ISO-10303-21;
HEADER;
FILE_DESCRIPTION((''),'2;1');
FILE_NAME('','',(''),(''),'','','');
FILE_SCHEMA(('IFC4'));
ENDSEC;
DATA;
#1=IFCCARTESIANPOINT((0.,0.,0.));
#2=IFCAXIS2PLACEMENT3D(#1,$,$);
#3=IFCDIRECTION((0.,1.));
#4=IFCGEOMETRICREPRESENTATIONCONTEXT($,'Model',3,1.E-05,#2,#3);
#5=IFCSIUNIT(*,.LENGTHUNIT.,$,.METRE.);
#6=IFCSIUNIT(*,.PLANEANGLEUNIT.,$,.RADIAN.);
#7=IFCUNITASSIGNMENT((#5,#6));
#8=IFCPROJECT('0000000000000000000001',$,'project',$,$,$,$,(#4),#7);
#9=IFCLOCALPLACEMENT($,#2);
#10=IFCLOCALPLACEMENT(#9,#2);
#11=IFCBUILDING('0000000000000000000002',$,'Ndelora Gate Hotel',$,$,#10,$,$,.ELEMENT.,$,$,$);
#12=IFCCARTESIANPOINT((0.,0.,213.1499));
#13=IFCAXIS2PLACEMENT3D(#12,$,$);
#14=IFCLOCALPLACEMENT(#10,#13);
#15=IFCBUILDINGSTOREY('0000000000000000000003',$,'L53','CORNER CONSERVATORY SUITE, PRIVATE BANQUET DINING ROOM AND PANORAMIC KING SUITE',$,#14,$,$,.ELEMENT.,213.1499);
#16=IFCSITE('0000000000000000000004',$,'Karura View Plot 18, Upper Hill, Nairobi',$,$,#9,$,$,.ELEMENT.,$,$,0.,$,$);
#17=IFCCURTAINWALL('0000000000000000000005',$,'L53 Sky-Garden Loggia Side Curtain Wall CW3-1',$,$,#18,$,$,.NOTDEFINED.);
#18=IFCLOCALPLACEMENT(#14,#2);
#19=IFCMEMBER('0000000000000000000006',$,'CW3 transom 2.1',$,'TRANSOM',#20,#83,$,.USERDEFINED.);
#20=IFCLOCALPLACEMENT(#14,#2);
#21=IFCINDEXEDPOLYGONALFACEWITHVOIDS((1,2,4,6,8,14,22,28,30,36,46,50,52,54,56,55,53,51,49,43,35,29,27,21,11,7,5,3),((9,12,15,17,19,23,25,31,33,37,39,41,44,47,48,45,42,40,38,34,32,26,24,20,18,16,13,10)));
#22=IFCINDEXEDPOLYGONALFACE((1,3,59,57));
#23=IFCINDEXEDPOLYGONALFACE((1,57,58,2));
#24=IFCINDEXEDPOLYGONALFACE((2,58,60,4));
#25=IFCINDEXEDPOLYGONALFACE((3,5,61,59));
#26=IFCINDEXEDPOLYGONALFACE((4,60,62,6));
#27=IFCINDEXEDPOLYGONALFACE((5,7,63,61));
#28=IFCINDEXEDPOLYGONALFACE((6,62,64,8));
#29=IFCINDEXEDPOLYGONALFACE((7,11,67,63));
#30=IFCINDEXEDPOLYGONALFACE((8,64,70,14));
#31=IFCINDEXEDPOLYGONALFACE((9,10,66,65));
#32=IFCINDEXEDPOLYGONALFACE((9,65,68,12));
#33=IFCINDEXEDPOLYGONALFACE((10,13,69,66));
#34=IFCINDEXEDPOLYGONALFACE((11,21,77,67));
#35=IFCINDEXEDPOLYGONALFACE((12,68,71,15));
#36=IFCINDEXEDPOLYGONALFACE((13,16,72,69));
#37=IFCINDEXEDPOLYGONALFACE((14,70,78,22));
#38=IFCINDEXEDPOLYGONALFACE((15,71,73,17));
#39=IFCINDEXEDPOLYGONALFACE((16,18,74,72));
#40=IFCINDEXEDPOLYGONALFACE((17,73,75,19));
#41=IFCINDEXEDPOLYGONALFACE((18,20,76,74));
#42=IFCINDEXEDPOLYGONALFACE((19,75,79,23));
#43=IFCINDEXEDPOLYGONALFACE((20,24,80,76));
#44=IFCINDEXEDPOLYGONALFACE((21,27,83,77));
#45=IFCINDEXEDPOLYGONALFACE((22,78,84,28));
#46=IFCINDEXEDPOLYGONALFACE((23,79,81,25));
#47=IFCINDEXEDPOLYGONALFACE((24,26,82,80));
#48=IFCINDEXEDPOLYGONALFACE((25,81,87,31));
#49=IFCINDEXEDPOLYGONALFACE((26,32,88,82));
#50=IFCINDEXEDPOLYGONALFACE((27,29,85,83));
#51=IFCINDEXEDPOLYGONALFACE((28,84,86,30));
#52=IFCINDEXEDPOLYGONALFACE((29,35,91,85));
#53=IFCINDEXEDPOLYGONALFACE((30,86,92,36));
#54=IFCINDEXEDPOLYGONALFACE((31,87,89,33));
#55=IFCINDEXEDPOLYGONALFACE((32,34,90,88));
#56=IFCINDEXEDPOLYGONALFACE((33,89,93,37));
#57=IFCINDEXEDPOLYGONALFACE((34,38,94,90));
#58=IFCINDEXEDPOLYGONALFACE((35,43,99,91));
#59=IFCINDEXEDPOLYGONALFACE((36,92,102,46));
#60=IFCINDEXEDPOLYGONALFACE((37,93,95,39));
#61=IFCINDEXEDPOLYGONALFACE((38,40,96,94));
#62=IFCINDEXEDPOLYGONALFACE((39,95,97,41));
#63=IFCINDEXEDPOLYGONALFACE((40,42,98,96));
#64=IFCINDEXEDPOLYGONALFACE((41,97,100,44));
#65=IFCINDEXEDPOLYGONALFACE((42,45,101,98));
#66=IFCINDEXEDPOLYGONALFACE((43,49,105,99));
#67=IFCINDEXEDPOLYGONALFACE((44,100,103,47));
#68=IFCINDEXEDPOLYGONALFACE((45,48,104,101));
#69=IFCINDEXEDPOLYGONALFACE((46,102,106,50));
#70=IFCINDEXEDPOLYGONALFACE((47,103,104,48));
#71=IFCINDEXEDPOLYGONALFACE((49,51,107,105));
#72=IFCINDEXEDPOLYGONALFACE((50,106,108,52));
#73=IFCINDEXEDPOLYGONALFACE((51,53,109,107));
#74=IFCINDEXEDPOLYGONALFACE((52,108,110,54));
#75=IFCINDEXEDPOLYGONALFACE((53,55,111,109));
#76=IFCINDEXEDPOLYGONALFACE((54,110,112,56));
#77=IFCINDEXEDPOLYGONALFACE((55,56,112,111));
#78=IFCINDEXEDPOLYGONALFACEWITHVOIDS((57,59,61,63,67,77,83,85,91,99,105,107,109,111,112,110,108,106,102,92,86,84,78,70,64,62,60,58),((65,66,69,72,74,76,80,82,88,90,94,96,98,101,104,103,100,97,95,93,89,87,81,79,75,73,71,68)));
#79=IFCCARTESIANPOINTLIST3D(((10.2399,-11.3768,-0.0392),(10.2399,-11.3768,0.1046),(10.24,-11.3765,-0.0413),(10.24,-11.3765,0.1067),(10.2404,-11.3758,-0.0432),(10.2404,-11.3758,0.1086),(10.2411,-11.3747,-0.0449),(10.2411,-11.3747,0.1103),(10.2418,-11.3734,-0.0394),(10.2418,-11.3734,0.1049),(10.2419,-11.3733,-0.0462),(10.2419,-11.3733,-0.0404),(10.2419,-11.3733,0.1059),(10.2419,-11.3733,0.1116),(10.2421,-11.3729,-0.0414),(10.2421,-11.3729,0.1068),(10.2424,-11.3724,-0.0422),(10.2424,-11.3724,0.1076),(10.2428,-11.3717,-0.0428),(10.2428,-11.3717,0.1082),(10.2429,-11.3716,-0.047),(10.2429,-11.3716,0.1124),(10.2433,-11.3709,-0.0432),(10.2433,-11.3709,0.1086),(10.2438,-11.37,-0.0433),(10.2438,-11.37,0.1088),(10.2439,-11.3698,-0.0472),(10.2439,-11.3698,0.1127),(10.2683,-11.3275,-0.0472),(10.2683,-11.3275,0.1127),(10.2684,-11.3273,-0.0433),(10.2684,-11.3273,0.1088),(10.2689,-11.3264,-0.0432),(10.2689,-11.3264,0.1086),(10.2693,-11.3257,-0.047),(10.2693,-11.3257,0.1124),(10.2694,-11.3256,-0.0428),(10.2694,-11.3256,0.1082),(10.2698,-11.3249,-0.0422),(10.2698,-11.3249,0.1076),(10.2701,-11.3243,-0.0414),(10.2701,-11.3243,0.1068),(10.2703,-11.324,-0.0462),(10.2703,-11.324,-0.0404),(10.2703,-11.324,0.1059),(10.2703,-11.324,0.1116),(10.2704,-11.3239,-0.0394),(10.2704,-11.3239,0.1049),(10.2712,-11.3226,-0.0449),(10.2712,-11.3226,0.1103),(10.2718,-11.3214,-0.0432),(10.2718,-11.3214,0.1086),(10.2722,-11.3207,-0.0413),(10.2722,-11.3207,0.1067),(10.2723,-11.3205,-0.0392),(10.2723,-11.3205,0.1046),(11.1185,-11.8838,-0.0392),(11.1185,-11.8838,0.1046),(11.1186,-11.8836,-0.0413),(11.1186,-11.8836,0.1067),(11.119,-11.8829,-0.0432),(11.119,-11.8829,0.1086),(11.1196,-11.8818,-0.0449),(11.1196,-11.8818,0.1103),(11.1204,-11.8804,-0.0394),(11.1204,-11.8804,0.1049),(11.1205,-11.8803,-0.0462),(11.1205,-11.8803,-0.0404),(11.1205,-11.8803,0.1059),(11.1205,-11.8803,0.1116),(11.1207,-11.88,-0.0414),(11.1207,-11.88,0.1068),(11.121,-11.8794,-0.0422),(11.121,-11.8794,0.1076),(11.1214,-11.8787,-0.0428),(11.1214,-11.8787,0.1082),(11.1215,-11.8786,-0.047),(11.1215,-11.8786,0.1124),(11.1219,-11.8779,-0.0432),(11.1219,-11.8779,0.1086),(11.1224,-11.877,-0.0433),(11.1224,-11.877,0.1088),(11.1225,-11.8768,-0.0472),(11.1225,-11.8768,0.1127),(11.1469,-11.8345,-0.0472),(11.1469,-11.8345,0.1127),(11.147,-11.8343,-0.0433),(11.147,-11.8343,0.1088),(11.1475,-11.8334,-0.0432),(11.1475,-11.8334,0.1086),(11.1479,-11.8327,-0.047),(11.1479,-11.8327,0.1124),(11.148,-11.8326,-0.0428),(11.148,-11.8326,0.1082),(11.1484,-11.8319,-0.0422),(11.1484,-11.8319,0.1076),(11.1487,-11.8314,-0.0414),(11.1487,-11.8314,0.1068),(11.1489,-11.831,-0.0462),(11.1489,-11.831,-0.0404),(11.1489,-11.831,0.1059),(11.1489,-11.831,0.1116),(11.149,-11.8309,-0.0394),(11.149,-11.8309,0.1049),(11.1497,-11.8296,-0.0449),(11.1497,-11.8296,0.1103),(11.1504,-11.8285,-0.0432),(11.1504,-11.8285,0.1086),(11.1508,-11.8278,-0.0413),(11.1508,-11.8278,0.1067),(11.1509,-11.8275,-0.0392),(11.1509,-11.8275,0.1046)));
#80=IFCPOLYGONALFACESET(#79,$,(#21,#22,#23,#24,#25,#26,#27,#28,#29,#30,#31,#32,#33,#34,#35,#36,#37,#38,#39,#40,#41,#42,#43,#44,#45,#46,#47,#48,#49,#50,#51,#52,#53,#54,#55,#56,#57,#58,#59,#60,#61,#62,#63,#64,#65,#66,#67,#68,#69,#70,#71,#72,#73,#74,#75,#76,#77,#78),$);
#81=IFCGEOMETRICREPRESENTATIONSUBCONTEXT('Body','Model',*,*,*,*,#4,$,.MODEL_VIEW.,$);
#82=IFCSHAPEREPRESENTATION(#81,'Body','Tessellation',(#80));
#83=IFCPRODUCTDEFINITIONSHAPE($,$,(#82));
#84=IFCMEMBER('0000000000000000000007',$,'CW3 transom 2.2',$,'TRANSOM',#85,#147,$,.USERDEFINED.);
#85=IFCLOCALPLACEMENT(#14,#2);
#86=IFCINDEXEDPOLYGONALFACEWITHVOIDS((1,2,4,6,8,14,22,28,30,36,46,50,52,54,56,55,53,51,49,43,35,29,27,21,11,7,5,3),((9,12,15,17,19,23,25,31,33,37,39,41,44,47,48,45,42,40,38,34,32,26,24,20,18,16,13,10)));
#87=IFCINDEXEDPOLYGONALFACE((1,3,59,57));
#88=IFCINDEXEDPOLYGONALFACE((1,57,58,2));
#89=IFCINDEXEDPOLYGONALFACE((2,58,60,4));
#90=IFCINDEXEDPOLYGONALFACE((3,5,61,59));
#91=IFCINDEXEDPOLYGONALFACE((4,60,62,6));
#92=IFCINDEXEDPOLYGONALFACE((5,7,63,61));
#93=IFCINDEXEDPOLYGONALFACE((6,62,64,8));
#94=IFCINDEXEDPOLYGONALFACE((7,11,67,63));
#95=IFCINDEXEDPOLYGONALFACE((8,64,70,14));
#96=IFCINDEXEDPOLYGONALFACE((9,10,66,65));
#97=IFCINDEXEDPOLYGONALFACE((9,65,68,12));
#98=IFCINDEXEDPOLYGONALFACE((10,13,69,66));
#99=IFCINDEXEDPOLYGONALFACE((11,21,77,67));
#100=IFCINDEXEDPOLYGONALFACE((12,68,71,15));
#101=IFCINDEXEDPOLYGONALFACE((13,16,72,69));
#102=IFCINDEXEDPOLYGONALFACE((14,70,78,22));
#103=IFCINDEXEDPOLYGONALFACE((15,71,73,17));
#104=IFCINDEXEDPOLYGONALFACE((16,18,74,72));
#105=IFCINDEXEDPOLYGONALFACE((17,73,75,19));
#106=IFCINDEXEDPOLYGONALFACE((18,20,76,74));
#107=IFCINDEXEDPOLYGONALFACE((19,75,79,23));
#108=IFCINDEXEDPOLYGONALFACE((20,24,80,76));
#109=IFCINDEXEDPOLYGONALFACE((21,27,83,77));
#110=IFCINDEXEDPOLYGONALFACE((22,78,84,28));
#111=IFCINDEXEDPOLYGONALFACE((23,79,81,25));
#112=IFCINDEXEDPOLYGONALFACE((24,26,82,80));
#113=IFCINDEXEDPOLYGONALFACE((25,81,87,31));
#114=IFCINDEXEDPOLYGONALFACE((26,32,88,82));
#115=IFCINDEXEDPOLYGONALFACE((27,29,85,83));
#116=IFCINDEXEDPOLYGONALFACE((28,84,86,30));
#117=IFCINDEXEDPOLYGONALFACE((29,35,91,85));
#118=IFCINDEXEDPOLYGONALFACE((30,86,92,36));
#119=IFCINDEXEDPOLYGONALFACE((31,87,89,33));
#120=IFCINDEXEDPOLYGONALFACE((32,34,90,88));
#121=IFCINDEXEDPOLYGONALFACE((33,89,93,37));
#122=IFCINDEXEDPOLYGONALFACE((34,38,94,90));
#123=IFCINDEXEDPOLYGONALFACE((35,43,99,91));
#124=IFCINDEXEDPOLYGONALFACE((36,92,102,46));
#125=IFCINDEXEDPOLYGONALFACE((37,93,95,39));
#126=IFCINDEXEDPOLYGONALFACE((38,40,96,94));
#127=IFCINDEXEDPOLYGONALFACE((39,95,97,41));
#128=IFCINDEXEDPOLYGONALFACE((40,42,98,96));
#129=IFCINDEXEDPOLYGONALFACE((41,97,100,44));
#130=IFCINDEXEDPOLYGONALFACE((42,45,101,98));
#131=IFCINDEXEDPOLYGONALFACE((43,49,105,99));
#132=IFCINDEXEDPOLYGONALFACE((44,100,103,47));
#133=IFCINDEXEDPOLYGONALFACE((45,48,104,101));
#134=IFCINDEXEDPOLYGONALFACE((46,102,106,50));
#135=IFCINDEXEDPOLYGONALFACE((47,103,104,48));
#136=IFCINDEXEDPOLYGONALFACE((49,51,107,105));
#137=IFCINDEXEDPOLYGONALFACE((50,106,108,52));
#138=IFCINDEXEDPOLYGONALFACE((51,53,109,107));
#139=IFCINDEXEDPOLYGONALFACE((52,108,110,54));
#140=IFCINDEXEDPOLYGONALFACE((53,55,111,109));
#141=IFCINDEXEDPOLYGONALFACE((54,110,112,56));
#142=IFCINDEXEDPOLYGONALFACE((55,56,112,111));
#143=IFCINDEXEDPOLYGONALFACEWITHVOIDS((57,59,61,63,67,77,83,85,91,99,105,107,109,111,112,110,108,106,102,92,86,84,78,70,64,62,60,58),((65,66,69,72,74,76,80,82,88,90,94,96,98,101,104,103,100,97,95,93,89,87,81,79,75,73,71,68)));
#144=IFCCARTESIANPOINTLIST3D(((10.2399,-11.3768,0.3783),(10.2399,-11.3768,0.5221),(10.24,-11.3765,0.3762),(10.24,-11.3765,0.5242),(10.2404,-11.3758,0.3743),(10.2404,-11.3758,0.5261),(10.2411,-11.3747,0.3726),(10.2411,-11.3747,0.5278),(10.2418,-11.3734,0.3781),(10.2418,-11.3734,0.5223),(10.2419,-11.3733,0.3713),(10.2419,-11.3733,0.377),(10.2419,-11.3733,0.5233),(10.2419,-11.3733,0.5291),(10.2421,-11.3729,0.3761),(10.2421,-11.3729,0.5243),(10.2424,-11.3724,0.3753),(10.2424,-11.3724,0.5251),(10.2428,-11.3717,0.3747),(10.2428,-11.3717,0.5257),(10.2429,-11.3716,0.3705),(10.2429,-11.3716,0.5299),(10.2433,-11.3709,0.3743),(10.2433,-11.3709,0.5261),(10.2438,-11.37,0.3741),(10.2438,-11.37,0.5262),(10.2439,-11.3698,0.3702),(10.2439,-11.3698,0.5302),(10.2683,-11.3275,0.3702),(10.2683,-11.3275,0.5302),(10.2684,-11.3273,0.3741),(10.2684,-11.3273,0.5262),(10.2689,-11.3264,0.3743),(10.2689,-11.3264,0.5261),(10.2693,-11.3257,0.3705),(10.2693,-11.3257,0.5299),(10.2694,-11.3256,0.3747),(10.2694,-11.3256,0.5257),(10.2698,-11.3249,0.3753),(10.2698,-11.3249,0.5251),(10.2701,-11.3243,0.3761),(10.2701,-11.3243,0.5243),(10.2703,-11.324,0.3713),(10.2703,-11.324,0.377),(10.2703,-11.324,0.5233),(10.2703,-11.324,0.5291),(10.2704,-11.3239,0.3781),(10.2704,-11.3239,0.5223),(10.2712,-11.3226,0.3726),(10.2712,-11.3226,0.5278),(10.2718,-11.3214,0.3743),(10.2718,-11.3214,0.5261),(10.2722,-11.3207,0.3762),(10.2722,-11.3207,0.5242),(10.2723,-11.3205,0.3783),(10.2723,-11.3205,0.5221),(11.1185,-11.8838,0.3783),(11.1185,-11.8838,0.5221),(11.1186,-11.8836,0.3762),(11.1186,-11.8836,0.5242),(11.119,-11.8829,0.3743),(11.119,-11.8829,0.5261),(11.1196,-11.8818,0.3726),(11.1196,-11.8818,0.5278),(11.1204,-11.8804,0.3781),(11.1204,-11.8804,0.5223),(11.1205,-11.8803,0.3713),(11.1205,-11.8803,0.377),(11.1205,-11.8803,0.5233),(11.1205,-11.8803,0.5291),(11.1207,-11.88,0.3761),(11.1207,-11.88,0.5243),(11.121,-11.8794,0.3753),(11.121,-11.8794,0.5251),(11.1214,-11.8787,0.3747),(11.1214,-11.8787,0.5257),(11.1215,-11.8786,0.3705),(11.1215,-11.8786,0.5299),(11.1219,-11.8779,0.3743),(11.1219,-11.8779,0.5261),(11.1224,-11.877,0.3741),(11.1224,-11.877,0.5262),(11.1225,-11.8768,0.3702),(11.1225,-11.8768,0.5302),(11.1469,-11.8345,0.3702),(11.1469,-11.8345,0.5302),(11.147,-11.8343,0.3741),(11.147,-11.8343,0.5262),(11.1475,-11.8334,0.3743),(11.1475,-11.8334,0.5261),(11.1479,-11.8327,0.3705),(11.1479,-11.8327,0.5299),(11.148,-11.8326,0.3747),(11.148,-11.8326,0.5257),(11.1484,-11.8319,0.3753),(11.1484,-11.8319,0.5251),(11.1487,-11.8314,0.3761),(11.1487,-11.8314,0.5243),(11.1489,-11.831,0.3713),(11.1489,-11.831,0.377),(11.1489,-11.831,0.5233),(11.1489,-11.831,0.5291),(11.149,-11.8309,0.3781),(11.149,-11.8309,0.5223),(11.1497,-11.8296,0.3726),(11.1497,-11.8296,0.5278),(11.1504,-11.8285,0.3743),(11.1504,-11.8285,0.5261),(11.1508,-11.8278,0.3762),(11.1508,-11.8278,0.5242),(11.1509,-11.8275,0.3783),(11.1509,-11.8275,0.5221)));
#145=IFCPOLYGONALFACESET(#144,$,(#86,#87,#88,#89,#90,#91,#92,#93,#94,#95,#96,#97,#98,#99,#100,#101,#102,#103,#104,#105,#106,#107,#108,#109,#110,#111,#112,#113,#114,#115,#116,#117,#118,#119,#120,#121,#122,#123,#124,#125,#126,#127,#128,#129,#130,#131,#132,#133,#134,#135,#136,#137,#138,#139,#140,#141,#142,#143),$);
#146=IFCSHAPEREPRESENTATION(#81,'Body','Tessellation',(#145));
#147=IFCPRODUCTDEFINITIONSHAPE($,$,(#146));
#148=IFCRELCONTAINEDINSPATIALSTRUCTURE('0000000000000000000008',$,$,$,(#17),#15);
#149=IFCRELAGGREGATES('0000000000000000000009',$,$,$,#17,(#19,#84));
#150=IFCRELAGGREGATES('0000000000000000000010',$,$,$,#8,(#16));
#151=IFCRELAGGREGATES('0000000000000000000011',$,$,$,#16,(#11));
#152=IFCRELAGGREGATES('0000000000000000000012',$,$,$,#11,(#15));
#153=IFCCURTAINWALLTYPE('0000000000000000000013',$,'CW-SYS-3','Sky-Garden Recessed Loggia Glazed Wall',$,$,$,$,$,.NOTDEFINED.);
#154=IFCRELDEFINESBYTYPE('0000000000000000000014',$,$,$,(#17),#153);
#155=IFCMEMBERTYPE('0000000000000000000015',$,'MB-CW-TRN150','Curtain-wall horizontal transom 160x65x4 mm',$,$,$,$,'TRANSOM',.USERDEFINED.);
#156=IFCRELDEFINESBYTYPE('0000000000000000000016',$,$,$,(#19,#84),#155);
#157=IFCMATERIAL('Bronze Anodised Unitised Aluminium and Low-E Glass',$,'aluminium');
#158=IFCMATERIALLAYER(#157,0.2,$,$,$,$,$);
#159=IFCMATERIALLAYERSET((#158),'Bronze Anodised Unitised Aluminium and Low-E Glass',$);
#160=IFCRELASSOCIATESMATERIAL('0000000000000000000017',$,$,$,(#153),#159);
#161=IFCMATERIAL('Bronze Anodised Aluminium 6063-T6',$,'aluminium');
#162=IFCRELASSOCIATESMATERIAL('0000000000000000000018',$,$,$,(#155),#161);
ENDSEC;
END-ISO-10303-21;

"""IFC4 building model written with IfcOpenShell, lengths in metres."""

from ifc_helpers import new_model, si_unit, direction, frame, origin, origin_2d, place, context, subcontext, project, spatial, hollow_rectangle, extrude, material, layer, layer_set, material_profile, profile_set, type_object, element, aggregate, save


model = new_model("IFC4")

# Units and contexts
model_context = context("Model", 3, precision=1e-05, world=origin(), true_north=direction((0.0, 1.0)))
body_context = subcontext(model_context, "Body", "Model", "MODEL_VIEW")
ifc_project = project(units=[si_unit("LENGTHUNIT", "METRE"), si_unit("PLANEANGLEUNIT", "RADIAN")], contexts=[model_context])

# Site, building, storey
site_placement = place(None, origin())
site = spatial("IfcSite", under=ifc_project, at=site_placement, Name="Karura View Plot 18, Upper Hill, Nairobi", CompositionType="ELEMENT", RefElevation=0.0)
building_placement = place(site_placement, origin())
building = spatial("IfcBuilding", under=site, at=building_placement, Name="Ndelora Gate Hotel", CompositionType="ELEMENT")
storey_placement = place(building_placement, frame((0.0, 0.0, 213.1499)))
storey = spatial("IfcBuildingStorey", under=building, at=storey_placement, Name="L53", Description="CORNER CONSERVATORY SUITE, PRIVATE BANQUET DINING ROOM AND PANORAMIC KING SUITE", CompositionType="ELEMENT", Elevation=213.1499)

# Curtain wall, members
ifc_material_1 = material(Name="Bronze Anodised Unitised Aluminium and Low-E Glass", Category="aluminium")
ifc_layer_1 = layer(ifc_material_1, 0.2)
ifc_layer_set_1 = layer_set([ifc_layer_1], Name="Bronze Anodised Unitised Aluminium and Low-E Glass")
curtain_wall_type = type_object("IfcCurtainWallType", Name="CW-SYS-3", Description="Sky-Garden Recessed Loggia Glazed Wall", PredefinedType="NOTDEFINED", material=ifc_layer_set_1)
curtain_wall_placement = place(storey_placement, origin())
curtain_wall = element("IfcCurtainWall", 1, at=curtain_wall_placement, inside=storey, type_object=curtain_wall_type, Name="L53 Sky-Garden Loggia Side Curtain Wall CW3-1", PredefinedType="NOTDEFINED")
ifc_material_2 = material(Name="Bronze Anodised Aluminium 6063-T6", Category="aluminium")
ifc_material_profile_1 = material_profile(ifc_material_2, hollow_rectangle(XDim=0.0649, YDim=0.1599, WallThickness=0.0039, InnerFilletRadius=0.0039, OuterFilletRadius=0.0081, at=origin_2d()), Name="ALU 160x65x4")
ifc_profile_set_1 = profile_set([ifc_material_profile_1], Name="Bronze Anodised Aluminium 6063-T6")
member_type_1 = type_object("IfcMemberType", Name="MB-CW-TRN150", Description="Curtain-wall horizontal transom 160x65x4 mm", ElementType="TRANSOM", PredefinedType="USERDEFINED", material=ifc_profile_set_1)
member_1_placement = place(storey_placement, frame((10.2561, -11.3486, 0.0327), z_axis=(0.866117, -0.499841, 0.0), x_axis=(0.499841, 0.866117, 0.0)))
member_1 = element("IfcMember", 2, at=member_1_placement, type_object=member_type_1, Name="CW3 transom 2.1", ObjectType="TRANSOM", PredefinedType="USERDEFINED", context=body_context, shape_type="SweptSolid", body=[
    extrude(hollow_rectangle(XDim=0.0649, YDim=0.1599, WallThickness=0.0039, InnerFilletRadius=0.0039, OuterFilletRadius=0.0081, at=origin_2d()), origin(), (0.0, 0.0, 1.0), 1.0144),
])
member_2_placement = place(storey_placement, frame((10.2561, -11.3486, 0.4502), z_axis=(0.866117, -0.499841, 0.0), x_axis=(0.499841, 0.866117, 0.0)))
member_2 = element("IfcMember", 3, at=member_2_placement, type_object=member_type_1, Name="CW3 transom 2.2", ObjectType="TRANSOM", PredefinedType="USERDEFINED", context=body_context, shape_type="SweptSolid", body=[
    extrude(hollow_rectangle(XDim=0.0649, YDim=0.1599, WallThickness=0.0039, InnerFilletRadius=0.0039, OuterFilletRadius=0.0081, at=origin_2d()), origin(), (0.0, 0.0, 1.0), 1.0144),
])
aggregate(curtain_wall, [member_1, member_2])

save(model, "model.ifc")
